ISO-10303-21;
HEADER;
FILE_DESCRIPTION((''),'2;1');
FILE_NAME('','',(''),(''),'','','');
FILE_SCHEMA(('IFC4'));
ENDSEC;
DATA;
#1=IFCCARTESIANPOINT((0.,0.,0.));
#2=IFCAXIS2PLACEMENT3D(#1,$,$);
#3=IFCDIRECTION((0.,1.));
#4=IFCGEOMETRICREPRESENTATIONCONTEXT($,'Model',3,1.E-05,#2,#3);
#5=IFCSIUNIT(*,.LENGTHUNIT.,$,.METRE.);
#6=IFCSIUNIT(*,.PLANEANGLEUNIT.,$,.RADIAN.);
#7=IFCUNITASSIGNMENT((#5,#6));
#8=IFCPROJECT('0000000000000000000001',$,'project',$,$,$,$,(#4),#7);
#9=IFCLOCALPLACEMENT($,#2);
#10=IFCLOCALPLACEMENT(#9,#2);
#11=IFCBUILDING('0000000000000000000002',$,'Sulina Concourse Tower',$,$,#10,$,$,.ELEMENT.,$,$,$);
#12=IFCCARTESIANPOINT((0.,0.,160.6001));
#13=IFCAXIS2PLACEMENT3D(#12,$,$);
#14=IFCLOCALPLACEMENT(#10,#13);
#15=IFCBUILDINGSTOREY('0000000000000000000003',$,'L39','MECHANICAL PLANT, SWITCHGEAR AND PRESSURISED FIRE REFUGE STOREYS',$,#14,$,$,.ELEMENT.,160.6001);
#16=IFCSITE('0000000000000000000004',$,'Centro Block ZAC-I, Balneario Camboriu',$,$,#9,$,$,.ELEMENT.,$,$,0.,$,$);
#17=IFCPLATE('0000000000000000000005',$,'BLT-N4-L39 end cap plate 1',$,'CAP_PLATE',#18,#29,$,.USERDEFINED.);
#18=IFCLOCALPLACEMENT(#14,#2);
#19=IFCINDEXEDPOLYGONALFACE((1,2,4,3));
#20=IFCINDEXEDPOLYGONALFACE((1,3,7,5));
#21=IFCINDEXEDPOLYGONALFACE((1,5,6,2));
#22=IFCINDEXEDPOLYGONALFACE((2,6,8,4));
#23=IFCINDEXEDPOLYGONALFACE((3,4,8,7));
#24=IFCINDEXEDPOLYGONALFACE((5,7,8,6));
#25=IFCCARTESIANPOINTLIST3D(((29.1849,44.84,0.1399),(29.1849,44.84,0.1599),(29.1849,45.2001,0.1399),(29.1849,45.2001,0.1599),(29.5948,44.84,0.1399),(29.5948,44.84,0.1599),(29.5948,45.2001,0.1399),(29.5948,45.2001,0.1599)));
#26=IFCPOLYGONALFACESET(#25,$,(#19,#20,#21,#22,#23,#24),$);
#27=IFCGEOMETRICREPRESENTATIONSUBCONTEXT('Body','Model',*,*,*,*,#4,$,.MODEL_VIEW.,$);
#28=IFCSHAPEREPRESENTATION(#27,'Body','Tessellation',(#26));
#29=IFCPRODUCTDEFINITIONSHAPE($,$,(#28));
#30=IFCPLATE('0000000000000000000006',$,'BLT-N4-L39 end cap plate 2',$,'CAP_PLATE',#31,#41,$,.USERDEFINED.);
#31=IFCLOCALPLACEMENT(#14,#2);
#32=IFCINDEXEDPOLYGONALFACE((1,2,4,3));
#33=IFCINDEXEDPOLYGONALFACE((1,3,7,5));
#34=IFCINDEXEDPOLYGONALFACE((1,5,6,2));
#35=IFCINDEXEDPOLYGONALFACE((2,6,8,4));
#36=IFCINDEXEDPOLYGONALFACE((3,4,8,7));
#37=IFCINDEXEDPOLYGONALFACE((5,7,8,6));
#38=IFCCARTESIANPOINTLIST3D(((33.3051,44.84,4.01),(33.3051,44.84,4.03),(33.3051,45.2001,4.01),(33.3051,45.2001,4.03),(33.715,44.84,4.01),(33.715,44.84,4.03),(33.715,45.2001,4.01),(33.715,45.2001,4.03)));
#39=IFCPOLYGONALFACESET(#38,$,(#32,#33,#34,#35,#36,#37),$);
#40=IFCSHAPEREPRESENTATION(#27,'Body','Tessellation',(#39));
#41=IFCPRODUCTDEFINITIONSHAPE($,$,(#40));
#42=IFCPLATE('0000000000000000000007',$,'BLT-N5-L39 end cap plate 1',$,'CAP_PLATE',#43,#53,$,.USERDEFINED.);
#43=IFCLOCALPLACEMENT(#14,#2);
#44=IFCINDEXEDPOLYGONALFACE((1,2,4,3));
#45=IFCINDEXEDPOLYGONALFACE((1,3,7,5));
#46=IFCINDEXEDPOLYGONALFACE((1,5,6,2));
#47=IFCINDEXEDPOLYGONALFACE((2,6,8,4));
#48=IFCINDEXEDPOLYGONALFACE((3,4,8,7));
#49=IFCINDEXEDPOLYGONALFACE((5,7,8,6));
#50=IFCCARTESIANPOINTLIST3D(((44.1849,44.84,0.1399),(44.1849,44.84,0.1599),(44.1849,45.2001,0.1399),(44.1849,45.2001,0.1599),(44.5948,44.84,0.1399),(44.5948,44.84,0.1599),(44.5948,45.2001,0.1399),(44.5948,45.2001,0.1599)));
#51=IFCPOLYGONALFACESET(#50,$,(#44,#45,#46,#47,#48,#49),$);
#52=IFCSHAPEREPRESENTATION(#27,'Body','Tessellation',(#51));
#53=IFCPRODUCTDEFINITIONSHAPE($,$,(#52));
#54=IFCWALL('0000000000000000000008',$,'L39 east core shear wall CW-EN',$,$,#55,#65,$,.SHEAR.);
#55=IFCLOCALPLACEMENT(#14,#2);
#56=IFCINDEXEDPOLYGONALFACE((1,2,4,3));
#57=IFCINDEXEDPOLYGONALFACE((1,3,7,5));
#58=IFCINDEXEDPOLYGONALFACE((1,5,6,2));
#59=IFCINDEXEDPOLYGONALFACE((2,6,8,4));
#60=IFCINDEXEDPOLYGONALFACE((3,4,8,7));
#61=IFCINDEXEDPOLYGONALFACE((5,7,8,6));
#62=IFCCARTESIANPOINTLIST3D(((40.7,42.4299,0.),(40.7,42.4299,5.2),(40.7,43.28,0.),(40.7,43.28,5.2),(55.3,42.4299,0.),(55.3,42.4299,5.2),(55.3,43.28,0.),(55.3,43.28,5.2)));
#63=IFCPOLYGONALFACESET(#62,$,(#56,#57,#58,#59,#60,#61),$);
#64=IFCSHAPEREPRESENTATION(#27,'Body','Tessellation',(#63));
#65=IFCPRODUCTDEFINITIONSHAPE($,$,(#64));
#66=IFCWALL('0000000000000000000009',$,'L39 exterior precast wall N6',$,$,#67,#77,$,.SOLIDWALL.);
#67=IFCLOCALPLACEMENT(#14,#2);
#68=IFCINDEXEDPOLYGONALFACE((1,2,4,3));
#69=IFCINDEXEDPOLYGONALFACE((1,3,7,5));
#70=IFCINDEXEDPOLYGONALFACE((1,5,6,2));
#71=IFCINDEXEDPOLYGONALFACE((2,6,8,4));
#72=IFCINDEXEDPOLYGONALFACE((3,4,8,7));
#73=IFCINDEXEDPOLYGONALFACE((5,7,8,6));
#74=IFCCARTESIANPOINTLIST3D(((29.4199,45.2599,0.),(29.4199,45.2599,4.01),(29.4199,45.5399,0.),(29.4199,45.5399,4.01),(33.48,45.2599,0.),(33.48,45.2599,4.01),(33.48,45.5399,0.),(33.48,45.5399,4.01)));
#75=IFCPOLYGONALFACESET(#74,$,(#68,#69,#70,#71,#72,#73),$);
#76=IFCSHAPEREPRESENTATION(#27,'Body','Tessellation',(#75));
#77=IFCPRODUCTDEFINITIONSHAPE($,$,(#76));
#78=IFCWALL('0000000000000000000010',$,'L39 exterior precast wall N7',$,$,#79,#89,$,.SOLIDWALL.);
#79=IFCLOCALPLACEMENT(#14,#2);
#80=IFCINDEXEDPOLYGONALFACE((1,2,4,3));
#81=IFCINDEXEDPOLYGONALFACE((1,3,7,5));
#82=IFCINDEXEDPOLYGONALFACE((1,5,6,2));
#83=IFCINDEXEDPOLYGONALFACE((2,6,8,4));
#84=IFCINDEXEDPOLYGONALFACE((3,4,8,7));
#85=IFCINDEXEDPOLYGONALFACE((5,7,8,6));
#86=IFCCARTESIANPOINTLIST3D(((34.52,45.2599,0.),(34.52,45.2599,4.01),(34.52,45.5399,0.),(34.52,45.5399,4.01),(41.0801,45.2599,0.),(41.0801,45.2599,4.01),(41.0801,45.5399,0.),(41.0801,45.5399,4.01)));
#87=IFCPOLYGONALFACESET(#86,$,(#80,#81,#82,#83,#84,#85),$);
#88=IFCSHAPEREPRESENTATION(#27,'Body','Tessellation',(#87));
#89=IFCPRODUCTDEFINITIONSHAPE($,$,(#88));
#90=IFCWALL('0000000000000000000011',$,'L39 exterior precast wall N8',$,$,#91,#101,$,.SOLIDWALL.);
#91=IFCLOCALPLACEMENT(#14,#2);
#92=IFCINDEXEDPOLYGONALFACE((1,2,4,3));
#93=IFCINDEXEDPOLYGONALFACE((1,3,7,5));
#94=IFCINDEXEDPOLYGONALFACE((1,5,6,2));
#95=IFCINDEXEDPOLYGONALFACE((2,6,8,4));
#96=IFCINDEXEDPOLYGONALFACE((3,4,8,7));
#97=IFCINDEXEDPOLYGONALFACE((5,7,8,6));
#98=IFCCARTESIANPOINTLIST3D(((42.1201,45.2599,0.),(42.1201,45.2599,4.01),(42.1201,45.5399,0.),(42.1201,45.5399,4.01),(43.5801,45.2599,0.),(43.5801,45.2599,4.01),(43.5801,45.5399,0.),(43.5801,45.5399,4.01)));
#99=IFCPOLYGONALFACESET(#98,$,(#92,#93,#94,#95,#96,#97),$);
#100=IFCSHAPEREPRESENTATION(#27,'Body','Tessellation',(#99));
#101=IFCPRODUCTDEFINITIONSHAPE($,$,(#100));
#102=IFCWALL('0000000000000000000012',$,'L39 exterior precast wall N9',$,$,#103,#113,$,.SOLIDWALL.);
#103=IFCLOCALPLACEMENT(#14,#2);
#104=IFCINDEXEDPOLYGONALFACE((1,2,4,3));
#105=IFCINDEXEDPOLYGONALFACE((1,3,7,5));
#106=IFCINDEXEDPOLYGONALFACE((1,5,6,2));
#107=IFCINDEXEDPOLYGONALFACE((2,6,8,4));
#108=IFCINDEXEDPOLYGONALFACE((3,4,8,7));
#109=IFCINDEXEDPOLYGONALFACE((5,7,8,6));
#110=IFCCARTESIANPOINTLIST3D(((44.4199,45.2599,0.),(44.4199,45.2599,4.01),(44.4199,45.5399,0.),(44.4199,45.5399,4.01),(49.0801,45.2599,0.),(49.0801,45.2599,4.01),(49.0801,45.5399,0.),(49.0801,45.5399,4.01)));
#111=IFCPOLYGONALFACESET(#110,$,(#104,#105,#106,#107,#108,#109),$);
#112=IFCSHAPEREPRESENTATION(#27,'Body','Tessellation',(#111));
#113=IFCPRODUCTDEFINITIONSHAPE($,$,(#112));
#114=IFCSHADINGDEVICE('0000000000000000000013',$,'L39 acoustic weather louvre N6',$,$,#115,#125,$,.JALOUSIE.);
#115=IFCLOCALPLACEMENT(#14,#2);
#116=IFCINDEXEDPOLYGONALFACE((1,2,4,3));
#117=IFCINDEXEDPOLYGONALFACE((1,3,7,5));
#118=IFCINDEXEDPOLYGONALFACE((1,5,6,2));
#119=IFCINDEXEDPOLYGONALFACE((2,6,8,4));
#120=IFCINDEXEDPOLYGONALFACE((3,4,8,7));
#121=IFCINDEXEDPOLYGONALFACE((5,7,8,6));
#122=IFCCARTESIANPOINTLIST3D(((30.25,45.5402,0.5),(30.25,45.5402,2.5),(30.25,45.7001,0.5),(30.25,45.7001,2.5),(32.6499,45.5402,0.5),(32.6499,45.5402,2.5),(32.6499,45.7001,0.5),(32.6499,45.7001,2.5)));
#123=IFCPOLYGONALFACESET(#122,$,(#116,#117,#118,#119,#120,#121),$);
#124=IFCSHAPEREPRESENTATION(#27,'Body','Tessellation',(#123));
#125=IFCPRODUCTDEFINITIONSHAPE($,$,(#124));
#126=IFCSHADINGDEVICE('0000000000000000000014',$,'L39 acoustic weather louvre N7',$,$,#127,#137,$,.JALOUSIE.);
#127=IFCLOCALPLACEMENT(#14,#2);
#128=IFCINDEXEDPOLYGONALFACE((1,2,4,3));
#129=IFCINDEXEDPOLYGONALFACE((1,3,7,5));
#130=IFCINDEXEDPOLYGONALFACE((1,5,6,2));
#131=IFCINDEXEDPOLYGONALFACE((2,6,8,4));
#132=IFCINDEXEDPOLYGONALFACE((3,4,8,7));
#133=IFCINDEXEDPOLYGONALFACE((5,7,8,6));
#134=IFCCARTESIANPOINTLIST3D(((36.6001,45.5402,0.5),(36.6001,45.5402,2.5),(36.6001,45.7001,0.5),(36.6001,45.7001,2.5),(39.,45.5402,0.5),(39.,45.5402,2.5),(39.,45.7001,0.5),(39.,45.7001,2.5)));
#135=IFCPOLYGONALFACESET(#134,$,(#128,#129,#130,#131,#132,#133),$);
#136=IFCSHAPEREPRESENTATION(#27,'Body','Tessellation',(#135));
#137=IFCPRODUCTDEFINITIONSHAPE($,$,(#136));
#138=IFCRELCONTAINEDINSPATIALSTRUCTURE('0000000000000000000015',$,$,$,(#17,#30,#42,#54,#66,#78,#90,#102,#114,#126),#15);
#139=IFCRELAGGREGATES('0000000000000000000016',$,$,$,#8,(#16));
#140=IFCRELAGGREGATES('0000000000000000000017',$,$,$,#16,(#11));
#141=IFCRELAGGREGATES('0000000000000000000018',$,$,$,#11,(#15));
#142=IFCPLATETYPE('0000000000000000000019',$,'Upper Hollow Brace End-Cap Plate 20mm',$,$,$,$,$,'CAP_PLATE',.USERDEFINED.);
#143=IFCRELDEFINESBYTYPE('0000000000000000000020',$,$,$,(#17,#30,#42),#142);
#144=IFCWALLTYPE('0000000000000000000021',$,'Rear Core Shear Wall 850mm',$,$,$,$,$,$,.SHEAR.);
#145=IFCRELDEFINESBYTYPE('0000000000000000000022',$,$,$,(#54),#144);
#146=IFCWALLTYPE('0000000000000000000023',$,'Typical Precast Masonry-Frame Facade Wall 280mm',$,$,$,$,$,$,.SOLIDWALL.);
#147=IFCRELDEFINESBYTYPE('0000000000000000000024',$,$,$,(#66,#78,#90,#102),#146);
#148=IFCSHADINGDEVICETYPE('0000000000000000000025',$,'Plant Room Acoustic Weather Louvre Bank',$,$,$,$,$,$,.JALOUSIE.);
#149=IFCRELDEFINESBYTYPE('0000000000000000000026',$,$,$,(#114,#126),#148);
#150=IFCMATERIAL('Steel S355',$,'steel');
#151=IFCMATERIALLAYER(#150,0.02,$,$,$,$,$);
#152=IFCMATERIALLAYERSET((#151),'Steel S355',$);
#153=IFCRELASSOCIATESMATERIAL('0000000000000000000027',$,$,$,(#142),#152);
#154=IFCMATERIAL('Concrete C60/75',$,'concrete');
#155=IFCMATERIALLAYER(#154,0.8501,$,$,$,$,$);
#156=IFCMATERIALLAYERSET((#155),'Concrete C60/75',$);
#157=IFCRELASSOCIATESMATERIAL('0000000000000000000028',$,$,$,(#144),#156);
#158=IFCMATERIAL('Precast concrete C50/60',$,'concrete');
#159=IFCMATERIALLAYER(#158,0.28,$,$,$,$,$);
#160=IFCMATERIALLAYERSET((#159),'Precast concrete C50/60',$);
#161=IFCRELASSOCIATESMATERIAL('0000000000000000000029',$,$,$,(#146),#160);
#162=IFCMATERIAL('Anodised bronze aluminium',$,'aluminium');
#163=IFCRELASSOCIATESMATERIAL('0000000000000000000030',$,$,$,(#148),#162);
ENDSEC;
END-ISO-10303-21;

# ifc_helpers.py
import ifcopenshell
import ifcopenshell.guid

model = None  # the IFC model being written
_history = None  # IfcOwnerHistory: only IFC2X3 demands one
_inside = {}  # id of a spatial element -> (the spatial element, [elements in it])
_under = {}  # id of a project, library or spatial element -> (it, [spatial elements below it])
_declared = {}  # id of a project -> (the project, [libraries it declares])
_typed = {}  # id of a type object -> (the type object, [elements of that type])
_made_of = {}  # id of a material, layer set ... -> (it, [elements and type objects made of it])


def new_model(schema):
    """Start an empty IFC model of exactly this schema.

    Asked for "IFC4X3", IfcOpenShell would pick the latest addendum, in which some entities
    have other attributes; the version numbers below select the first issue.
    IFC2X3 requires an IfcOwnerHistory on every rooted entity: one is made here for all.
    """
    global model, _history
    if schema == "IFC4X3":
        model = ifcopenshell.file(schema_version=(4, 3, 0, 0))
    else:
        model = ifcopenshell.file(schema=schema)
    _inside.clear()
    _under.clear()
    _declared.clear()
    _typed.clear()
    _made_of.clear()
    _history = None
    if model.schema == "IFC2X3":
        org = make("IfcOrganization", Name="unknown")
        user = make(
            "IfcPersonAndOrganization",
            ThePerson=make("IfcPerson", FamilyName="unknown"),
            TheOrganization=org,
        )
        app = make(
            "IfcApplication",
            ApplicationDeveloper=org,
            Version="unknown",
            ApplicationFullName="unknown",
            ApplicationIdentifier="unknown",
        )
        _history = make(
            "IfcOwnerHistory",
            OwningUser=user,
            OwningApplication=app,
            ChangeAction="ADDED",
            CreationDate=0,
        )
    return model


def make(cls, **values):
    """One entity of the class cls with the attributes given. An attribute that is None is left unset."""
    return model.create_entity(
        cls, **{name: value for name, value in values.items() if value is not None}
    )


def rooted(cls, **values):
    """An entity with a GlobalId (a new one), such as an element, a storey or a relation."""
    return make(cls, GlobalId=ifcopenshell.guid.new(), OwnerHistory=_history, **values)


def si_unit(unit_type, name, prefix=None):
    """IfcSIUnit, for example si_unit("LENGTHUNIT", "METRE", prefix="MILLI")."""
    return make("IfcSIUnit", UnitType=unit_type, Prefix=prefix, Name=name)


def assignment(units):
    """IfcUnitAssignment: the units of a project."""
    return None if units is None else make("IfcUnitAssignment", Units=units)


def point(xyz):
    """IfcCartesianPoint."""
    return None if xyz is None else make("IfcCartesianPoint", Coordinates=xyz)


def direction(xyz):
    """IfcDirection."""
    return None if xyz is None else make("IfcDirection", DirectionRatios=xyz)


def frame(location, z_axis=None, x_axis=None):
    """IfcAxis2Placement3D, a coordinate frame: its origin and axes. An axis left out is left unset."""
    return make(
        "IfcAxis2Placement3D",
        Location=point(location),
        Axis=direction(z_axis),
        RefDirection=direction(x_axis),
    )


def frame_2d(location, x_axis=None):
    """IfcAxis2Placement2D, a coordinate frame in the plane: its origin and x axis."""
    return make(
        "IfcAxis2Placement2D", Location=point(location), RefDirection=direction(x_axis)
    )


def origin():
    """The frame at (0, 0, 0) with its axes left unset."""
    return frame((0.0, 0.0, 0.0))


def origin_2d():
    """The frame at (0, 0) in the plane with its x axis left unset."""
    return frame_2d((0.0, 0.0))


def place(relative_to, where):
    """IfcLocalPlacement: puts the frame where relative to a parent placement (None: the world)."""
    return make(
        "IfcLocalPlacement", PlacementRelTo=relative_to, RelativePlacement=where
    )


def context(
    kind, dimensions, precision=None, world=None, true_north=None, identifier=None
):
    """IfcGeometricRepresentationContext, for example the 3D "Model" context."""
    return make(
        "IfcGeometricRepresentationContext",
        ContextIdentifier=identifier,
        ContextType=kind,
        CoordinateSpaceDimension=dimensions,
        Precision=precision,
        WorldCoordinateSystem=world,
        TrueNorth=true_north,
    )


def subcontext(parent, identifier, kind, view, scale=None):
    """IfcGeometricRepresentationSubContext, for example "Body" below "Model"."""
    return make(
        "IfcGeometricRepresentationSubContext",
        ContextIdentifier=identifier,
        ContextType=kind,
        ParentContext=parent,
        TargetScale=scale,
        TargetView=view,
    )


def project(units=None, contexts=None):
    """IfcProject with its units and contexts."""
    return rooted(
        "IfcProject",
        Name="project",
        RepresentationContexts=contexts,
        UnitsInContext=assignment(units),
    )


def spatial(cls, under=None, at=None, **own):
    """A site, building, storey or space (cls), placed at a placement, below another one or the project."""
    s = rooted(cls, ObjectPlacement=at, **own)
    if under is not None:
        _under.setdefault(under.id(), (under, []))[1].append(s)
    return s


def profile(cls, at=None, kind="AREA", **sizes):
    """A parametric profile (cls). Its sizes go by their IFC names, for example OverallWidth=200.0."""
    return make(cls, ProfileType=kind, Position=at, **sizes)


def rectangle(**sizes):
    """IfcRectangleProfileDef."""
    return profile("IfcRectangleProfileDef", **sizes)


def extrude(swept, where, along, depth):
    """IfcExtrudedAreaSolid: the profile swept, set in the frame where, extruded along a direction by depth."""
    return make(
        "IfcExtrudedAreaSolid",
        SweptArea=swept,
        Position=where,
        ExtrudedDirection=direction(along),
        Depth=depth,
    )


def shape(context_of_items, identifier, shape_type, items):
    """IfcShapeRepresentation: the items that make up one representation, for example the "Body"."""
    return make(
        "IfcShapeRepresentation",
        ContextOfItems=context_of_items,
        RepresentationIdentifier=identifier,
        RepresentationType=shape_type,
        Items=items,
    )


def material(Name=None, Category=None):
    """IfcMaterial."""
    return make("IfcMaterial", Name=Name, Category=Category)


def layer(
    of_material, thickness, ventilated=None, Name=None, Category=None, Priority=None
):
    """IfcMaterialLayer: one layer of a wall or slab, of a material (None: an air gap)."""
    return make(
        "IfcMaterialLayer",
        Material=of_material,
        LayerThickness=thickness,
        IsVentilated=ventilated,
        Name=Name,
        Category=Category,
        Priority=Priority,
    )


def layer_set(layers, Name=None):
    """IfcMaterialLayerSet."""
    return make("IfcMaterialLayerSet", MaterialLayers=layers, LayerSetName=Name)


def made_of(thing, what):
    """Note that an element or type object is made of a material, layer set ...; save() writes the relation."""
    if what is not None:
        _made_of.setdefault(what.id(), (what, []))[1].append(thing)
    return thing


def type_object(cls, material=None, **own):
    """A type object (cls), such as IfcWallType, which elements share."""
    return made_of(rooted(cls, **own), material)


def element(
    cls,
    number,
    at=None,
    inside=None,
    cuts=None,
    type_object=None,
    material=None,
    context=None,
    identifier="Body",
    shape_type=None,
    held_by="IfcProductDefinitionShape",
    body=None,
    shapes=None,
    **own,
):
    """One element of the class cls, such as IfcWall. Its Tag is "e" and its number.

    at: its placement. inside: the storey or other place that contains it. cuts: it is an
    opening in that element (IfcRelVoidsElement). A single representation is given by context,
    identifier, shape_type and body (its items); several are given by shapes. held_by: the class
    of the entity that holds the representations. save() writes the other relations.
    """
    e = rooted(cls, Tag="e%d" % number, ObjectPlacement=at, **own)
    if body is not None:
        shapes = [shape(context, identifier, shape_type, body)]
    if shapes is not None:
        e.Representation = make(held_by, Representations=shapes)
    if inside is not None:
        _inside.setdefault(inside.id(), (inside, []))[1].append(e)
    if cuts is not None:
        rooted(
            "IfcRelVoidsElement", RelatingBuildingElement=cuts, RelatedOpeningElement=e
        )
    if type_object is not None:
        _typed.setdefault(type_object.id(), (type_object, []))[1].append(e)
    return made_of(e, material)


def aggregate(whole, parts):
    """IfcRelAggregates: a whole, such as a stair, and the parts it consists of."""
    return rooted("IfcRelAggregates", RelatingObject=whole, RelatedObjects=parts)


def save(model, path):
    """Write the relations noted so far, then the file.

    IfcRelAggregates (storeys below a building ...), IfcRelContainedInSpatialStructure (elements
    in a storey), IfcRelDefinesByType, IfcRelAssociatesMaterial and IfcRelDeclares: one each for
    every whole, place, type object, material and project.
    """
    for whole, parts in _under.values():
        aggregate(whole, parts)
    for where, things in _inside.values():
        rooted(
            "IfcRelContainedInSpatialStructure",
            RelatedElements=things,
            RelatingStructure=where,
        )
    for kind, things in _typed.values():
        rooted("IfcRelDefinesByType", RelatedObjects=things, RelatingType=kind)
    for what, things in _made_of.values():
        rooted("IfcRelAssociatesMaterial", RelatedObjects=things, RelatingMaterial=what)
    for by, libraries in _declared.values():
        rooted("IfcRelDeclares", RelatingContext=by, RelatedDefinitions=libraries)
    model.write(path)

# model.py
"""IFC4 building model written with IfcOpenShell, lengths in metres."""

from ifc_helpers import new_model, si_unit, direction, frame, frame_2d, origin, origin_2d, place, context, subcontext, project, spatial, rectangle, extrude, material, layer, layer_set, type_object, element, save


model = new_model("IFC4")

# Units and contexts
model_context = context("Model", 3, precision=1e-05, world=origin(), true_north=direction((0.0, 1.0)))
body_context = subcontext(model_context, "Body", "Model", "MODEL_VIEW")
ifc_project = project(units=[si_unit("LENGTHUNIT", "METRE"), si_unit("PLANEANGLEUNIT", "RADIAN")], contexts=[model_context])

# Site, building, storey
site_placement = place(None, origin())
site = spatial("IfcSite", under=ifc_project, at=site_placement, Name="Centro Block ZAC-I, Balneario Camboriu", CompositionType="ELEMENT", RefElevation=0.0)
building_placement = place(site_placement, origin())
building = spatial("IfcBuilding", under=site, at=building_placement, Name="Sulina Concourse Tower", CompositionType="ELEMENT")
storey_placement = place(building_placement, frame((0.0, 0.0, 160.6001)))
storey = spatial("IfcBuildingStorey", under=building, at=storey_placement, Name="L39", Description="MECHANICAL PLANT, SWITCHGEAR AND PRESSURISED FIRE REFUGE STOREYS", CompositionType="ELEMENT", Elevation=160.6001)

# Plates
ifc_material_1 = material(Name="Steel S355", Category="steel")
ifc_layer_1 = layer(ifc_material_1, 0.02)
ifc_layer_set_1 = layer_set([ifc_layer_1], Name="Steel S355")
plate_type_1 = type_object("IfcPlateType", Name="Upper Hollow Brace End-Cap Plate 20mm", ElementType="CAP_PLATE", PredefinedType="USERDEFINED", material=ifc_layer_set_1)
for number, where, z_axis, x_axis, name in (
    (1, (29.3899, 45.02, 0.1399), (0.0, 0.0, 1.0), (1.0, 0.0, 0.0), "BLT-N4-L39 end cap plate 1"),
    (2, (33.51, 45.02, 4.01), (0.0, 0.0, 1.0), (1.0, 0.0, 0.0), "BLT-N4-L39 end cap plate 2"),
    (3, (44.3899, 45.02, 0.1399), (0.0, 0.0, 1.0), (1.0, 0.0, 0.0), "BLT-N5-L39 end cap plate 1"),
):
    element("IfcPlate", number, at=place(storey_placement, frame(where, z_axis=z_axis, x_axis=x_axis)), inside=storey, type_object=plate_type_1, Name=name, ObjectType="CAP_PLATE", PredefinedType="USERDEFINED", context=body_context, shape_type="SweptSolid", body=[
        extrude(rectangle(XDim=0.4099, YDim=0.3601, at=origin_2d()), origin(), (0.0, 0.0, 1.0), 0.02),
    ])

# Walls
ifc_material_2 = material(Name="Concrete C60/75", Category="concrete")
ifc_layer_2 = layer(ifc_material_2, 0.8501)
ifc_layer_set_2 = layer_set([ifc_layer_2], Name="Concrete C60/75")
wall_type_1 = type_object("IfcWallType", Name="Rear Core Shear Wall 850mm", PredefinedType="SHEAR", material=ifc_layer_set_2)
wall_1_placement = place(storey_placement, frame((40.7, 42.855, 0.0), z_axis=(0.0, 0.0, 1.0), x_axis=(1.0, 0.0, 0.0)))
element("IfcWall", 4, at=wall_1_placement, inside=storey, type_object=wall_type_1, Name="L39 east core shear wall CW-EN", PredefinedType="SHEAR", context=body_context, shape_type="SweptSolid", body=[
    extrude(rectangle(XDim=14.6001, YDim=0.8501, at=frame_2d((7.3, 0.0))), origin(), (0.0, 0.0, 1.0), 5.2),
])
ifc_material_3 = material(Name="Precast concrete C50/60", Category="concrete")
ifc_layer_3 = layer(ifc_material_3, 0.28)
ifc_layer_set_3 = layer_set([ifc_layer_3], Name="Precast concrete C50/60")
wall_type_2 = type_object("IfcWallType", Name="Typical Precast Masonry-Frame Facade Wall 280mm", PredefinedType="SOLIDWALL", material=ifc_layer_set_3)
wall_2_placement = place(storey_placement, frame((29.4199, 45.3999, 0.0), z_axis=(0.0, 0.0, 1.0), x_axis=(1.0, 0.0, 0.0)))
element("IfcWall", 5, at=wall_2_placement, inside=storey, type_object=wall_type_2, Name="L39 exterior precast wall N6", PredefinedType="SOLIDWALL", context=body_context, shape_type="SweptSolid", body=[
    extrude(rectangle(XDim=4.0601, YDim=0.28, at=frame_2d((2.03, 0.0))), origin(), (0.0, 0.0, 1.0), 4.01),
])
wall_3_placement = place(storey_placement, frame((34.52, 45.3999, 0.0), z_axis=(0.0, 0.0, 1.0), x_axis=(1.0, 0.0, 0.0)))
element("IfcWall", 6, at=wall_3_placement, inside=storey, type_object=wall_type_2, Name="L39 exterior precast wall N7", PredefinedType="SOLIDWALL", context=body_context, shape_type="SweptSolid", body=[
    extrude(rectangle(XDim=6.5601, YDim=0.28, at=frame_2d((3.28, 0.0))), origin(), (0.0, 0.0, 1.0), 4.01),
])
wall_4_placement = place(storey_placement, frame((42.1201, 45.3999, 0.0), z_axis=(0.0, 0.0, 1.0), x_axis=(1.0, 0.0, 0.0)))
element("IfcWall", 7, at=wall_4_placement, inside=storey, type_object=wall_type_2, Name="L39 exterior precast wall N8", PredefinedType="SOLIDWALL", context=body_context, shape_type="SweptSolid", body=[
    extrude(rectangle(XDim=1.46, YDim=0.28, at=frame_2d((0.73, 0.0))), origin(), (0.0, 0.0, 1.0), 4.01),
])
wall_5_placement = place(storey_placement, frame((44.4199, 45.3999, 0.0), z_axis=(0.0, 0.0, 1.0), x_axis=(1.0, 0.0, 0.0)))
element("IfcWall", 8, at=wall_5_placement, inside=storey, type_object=wall_type_2, Name="L39 exterior precast wall N9", PredefinedType="SOLIDWALL", context=body_context, shape_type="SweptSolid", body=[
    extrude(rectangle(XDim=4.6602, YDim=0.28, at=frame_2d((2.3301, 0.0))), origin(), (0.0, 0.0, 1.0), 4.01),
])

# Shading devices
ifc_material_4 = material(Name="Anodised bronze aluminium", Category="aluminium")
shading_device_type = type_object("IfcShadingDeviceType", Name="Plant Room Acoustic Weather Louvre Bank", PredefinedType="JALOUSIE", material=ifc_material_4)
for number, where, z_axis, x_axis, name in (
    (9, (31.45, 45.6201, 0.5), (0.0, 0.0, 1.0), (1.0, 0.0, 0.0), "L39 acoustic weather louvre N6"),
    (10, (37.8, 45.6201, 0.5), (0.0, 0.0, 1.0), (1.0, 0.0, 0.0), "L39 acoustic weather louvre N7"),
):
    element("IfcShadingDevice", number, at=place(storey_placement, frame(where, z_axis=z_axis, x_axis=x_axis)), inside=storey, type_object=shading_device_type, Name=name, PredefinedType="JALOUSIE", context=body_context, shape_type="SweptSolid", body=[
        extrude(rectangle(XDim=2.3999, YDim=0.1599, at=origin_2d()), origin(), (0.0, 0.0, 1.0), 2.0),
    ])

save(model, "model.ifc")
